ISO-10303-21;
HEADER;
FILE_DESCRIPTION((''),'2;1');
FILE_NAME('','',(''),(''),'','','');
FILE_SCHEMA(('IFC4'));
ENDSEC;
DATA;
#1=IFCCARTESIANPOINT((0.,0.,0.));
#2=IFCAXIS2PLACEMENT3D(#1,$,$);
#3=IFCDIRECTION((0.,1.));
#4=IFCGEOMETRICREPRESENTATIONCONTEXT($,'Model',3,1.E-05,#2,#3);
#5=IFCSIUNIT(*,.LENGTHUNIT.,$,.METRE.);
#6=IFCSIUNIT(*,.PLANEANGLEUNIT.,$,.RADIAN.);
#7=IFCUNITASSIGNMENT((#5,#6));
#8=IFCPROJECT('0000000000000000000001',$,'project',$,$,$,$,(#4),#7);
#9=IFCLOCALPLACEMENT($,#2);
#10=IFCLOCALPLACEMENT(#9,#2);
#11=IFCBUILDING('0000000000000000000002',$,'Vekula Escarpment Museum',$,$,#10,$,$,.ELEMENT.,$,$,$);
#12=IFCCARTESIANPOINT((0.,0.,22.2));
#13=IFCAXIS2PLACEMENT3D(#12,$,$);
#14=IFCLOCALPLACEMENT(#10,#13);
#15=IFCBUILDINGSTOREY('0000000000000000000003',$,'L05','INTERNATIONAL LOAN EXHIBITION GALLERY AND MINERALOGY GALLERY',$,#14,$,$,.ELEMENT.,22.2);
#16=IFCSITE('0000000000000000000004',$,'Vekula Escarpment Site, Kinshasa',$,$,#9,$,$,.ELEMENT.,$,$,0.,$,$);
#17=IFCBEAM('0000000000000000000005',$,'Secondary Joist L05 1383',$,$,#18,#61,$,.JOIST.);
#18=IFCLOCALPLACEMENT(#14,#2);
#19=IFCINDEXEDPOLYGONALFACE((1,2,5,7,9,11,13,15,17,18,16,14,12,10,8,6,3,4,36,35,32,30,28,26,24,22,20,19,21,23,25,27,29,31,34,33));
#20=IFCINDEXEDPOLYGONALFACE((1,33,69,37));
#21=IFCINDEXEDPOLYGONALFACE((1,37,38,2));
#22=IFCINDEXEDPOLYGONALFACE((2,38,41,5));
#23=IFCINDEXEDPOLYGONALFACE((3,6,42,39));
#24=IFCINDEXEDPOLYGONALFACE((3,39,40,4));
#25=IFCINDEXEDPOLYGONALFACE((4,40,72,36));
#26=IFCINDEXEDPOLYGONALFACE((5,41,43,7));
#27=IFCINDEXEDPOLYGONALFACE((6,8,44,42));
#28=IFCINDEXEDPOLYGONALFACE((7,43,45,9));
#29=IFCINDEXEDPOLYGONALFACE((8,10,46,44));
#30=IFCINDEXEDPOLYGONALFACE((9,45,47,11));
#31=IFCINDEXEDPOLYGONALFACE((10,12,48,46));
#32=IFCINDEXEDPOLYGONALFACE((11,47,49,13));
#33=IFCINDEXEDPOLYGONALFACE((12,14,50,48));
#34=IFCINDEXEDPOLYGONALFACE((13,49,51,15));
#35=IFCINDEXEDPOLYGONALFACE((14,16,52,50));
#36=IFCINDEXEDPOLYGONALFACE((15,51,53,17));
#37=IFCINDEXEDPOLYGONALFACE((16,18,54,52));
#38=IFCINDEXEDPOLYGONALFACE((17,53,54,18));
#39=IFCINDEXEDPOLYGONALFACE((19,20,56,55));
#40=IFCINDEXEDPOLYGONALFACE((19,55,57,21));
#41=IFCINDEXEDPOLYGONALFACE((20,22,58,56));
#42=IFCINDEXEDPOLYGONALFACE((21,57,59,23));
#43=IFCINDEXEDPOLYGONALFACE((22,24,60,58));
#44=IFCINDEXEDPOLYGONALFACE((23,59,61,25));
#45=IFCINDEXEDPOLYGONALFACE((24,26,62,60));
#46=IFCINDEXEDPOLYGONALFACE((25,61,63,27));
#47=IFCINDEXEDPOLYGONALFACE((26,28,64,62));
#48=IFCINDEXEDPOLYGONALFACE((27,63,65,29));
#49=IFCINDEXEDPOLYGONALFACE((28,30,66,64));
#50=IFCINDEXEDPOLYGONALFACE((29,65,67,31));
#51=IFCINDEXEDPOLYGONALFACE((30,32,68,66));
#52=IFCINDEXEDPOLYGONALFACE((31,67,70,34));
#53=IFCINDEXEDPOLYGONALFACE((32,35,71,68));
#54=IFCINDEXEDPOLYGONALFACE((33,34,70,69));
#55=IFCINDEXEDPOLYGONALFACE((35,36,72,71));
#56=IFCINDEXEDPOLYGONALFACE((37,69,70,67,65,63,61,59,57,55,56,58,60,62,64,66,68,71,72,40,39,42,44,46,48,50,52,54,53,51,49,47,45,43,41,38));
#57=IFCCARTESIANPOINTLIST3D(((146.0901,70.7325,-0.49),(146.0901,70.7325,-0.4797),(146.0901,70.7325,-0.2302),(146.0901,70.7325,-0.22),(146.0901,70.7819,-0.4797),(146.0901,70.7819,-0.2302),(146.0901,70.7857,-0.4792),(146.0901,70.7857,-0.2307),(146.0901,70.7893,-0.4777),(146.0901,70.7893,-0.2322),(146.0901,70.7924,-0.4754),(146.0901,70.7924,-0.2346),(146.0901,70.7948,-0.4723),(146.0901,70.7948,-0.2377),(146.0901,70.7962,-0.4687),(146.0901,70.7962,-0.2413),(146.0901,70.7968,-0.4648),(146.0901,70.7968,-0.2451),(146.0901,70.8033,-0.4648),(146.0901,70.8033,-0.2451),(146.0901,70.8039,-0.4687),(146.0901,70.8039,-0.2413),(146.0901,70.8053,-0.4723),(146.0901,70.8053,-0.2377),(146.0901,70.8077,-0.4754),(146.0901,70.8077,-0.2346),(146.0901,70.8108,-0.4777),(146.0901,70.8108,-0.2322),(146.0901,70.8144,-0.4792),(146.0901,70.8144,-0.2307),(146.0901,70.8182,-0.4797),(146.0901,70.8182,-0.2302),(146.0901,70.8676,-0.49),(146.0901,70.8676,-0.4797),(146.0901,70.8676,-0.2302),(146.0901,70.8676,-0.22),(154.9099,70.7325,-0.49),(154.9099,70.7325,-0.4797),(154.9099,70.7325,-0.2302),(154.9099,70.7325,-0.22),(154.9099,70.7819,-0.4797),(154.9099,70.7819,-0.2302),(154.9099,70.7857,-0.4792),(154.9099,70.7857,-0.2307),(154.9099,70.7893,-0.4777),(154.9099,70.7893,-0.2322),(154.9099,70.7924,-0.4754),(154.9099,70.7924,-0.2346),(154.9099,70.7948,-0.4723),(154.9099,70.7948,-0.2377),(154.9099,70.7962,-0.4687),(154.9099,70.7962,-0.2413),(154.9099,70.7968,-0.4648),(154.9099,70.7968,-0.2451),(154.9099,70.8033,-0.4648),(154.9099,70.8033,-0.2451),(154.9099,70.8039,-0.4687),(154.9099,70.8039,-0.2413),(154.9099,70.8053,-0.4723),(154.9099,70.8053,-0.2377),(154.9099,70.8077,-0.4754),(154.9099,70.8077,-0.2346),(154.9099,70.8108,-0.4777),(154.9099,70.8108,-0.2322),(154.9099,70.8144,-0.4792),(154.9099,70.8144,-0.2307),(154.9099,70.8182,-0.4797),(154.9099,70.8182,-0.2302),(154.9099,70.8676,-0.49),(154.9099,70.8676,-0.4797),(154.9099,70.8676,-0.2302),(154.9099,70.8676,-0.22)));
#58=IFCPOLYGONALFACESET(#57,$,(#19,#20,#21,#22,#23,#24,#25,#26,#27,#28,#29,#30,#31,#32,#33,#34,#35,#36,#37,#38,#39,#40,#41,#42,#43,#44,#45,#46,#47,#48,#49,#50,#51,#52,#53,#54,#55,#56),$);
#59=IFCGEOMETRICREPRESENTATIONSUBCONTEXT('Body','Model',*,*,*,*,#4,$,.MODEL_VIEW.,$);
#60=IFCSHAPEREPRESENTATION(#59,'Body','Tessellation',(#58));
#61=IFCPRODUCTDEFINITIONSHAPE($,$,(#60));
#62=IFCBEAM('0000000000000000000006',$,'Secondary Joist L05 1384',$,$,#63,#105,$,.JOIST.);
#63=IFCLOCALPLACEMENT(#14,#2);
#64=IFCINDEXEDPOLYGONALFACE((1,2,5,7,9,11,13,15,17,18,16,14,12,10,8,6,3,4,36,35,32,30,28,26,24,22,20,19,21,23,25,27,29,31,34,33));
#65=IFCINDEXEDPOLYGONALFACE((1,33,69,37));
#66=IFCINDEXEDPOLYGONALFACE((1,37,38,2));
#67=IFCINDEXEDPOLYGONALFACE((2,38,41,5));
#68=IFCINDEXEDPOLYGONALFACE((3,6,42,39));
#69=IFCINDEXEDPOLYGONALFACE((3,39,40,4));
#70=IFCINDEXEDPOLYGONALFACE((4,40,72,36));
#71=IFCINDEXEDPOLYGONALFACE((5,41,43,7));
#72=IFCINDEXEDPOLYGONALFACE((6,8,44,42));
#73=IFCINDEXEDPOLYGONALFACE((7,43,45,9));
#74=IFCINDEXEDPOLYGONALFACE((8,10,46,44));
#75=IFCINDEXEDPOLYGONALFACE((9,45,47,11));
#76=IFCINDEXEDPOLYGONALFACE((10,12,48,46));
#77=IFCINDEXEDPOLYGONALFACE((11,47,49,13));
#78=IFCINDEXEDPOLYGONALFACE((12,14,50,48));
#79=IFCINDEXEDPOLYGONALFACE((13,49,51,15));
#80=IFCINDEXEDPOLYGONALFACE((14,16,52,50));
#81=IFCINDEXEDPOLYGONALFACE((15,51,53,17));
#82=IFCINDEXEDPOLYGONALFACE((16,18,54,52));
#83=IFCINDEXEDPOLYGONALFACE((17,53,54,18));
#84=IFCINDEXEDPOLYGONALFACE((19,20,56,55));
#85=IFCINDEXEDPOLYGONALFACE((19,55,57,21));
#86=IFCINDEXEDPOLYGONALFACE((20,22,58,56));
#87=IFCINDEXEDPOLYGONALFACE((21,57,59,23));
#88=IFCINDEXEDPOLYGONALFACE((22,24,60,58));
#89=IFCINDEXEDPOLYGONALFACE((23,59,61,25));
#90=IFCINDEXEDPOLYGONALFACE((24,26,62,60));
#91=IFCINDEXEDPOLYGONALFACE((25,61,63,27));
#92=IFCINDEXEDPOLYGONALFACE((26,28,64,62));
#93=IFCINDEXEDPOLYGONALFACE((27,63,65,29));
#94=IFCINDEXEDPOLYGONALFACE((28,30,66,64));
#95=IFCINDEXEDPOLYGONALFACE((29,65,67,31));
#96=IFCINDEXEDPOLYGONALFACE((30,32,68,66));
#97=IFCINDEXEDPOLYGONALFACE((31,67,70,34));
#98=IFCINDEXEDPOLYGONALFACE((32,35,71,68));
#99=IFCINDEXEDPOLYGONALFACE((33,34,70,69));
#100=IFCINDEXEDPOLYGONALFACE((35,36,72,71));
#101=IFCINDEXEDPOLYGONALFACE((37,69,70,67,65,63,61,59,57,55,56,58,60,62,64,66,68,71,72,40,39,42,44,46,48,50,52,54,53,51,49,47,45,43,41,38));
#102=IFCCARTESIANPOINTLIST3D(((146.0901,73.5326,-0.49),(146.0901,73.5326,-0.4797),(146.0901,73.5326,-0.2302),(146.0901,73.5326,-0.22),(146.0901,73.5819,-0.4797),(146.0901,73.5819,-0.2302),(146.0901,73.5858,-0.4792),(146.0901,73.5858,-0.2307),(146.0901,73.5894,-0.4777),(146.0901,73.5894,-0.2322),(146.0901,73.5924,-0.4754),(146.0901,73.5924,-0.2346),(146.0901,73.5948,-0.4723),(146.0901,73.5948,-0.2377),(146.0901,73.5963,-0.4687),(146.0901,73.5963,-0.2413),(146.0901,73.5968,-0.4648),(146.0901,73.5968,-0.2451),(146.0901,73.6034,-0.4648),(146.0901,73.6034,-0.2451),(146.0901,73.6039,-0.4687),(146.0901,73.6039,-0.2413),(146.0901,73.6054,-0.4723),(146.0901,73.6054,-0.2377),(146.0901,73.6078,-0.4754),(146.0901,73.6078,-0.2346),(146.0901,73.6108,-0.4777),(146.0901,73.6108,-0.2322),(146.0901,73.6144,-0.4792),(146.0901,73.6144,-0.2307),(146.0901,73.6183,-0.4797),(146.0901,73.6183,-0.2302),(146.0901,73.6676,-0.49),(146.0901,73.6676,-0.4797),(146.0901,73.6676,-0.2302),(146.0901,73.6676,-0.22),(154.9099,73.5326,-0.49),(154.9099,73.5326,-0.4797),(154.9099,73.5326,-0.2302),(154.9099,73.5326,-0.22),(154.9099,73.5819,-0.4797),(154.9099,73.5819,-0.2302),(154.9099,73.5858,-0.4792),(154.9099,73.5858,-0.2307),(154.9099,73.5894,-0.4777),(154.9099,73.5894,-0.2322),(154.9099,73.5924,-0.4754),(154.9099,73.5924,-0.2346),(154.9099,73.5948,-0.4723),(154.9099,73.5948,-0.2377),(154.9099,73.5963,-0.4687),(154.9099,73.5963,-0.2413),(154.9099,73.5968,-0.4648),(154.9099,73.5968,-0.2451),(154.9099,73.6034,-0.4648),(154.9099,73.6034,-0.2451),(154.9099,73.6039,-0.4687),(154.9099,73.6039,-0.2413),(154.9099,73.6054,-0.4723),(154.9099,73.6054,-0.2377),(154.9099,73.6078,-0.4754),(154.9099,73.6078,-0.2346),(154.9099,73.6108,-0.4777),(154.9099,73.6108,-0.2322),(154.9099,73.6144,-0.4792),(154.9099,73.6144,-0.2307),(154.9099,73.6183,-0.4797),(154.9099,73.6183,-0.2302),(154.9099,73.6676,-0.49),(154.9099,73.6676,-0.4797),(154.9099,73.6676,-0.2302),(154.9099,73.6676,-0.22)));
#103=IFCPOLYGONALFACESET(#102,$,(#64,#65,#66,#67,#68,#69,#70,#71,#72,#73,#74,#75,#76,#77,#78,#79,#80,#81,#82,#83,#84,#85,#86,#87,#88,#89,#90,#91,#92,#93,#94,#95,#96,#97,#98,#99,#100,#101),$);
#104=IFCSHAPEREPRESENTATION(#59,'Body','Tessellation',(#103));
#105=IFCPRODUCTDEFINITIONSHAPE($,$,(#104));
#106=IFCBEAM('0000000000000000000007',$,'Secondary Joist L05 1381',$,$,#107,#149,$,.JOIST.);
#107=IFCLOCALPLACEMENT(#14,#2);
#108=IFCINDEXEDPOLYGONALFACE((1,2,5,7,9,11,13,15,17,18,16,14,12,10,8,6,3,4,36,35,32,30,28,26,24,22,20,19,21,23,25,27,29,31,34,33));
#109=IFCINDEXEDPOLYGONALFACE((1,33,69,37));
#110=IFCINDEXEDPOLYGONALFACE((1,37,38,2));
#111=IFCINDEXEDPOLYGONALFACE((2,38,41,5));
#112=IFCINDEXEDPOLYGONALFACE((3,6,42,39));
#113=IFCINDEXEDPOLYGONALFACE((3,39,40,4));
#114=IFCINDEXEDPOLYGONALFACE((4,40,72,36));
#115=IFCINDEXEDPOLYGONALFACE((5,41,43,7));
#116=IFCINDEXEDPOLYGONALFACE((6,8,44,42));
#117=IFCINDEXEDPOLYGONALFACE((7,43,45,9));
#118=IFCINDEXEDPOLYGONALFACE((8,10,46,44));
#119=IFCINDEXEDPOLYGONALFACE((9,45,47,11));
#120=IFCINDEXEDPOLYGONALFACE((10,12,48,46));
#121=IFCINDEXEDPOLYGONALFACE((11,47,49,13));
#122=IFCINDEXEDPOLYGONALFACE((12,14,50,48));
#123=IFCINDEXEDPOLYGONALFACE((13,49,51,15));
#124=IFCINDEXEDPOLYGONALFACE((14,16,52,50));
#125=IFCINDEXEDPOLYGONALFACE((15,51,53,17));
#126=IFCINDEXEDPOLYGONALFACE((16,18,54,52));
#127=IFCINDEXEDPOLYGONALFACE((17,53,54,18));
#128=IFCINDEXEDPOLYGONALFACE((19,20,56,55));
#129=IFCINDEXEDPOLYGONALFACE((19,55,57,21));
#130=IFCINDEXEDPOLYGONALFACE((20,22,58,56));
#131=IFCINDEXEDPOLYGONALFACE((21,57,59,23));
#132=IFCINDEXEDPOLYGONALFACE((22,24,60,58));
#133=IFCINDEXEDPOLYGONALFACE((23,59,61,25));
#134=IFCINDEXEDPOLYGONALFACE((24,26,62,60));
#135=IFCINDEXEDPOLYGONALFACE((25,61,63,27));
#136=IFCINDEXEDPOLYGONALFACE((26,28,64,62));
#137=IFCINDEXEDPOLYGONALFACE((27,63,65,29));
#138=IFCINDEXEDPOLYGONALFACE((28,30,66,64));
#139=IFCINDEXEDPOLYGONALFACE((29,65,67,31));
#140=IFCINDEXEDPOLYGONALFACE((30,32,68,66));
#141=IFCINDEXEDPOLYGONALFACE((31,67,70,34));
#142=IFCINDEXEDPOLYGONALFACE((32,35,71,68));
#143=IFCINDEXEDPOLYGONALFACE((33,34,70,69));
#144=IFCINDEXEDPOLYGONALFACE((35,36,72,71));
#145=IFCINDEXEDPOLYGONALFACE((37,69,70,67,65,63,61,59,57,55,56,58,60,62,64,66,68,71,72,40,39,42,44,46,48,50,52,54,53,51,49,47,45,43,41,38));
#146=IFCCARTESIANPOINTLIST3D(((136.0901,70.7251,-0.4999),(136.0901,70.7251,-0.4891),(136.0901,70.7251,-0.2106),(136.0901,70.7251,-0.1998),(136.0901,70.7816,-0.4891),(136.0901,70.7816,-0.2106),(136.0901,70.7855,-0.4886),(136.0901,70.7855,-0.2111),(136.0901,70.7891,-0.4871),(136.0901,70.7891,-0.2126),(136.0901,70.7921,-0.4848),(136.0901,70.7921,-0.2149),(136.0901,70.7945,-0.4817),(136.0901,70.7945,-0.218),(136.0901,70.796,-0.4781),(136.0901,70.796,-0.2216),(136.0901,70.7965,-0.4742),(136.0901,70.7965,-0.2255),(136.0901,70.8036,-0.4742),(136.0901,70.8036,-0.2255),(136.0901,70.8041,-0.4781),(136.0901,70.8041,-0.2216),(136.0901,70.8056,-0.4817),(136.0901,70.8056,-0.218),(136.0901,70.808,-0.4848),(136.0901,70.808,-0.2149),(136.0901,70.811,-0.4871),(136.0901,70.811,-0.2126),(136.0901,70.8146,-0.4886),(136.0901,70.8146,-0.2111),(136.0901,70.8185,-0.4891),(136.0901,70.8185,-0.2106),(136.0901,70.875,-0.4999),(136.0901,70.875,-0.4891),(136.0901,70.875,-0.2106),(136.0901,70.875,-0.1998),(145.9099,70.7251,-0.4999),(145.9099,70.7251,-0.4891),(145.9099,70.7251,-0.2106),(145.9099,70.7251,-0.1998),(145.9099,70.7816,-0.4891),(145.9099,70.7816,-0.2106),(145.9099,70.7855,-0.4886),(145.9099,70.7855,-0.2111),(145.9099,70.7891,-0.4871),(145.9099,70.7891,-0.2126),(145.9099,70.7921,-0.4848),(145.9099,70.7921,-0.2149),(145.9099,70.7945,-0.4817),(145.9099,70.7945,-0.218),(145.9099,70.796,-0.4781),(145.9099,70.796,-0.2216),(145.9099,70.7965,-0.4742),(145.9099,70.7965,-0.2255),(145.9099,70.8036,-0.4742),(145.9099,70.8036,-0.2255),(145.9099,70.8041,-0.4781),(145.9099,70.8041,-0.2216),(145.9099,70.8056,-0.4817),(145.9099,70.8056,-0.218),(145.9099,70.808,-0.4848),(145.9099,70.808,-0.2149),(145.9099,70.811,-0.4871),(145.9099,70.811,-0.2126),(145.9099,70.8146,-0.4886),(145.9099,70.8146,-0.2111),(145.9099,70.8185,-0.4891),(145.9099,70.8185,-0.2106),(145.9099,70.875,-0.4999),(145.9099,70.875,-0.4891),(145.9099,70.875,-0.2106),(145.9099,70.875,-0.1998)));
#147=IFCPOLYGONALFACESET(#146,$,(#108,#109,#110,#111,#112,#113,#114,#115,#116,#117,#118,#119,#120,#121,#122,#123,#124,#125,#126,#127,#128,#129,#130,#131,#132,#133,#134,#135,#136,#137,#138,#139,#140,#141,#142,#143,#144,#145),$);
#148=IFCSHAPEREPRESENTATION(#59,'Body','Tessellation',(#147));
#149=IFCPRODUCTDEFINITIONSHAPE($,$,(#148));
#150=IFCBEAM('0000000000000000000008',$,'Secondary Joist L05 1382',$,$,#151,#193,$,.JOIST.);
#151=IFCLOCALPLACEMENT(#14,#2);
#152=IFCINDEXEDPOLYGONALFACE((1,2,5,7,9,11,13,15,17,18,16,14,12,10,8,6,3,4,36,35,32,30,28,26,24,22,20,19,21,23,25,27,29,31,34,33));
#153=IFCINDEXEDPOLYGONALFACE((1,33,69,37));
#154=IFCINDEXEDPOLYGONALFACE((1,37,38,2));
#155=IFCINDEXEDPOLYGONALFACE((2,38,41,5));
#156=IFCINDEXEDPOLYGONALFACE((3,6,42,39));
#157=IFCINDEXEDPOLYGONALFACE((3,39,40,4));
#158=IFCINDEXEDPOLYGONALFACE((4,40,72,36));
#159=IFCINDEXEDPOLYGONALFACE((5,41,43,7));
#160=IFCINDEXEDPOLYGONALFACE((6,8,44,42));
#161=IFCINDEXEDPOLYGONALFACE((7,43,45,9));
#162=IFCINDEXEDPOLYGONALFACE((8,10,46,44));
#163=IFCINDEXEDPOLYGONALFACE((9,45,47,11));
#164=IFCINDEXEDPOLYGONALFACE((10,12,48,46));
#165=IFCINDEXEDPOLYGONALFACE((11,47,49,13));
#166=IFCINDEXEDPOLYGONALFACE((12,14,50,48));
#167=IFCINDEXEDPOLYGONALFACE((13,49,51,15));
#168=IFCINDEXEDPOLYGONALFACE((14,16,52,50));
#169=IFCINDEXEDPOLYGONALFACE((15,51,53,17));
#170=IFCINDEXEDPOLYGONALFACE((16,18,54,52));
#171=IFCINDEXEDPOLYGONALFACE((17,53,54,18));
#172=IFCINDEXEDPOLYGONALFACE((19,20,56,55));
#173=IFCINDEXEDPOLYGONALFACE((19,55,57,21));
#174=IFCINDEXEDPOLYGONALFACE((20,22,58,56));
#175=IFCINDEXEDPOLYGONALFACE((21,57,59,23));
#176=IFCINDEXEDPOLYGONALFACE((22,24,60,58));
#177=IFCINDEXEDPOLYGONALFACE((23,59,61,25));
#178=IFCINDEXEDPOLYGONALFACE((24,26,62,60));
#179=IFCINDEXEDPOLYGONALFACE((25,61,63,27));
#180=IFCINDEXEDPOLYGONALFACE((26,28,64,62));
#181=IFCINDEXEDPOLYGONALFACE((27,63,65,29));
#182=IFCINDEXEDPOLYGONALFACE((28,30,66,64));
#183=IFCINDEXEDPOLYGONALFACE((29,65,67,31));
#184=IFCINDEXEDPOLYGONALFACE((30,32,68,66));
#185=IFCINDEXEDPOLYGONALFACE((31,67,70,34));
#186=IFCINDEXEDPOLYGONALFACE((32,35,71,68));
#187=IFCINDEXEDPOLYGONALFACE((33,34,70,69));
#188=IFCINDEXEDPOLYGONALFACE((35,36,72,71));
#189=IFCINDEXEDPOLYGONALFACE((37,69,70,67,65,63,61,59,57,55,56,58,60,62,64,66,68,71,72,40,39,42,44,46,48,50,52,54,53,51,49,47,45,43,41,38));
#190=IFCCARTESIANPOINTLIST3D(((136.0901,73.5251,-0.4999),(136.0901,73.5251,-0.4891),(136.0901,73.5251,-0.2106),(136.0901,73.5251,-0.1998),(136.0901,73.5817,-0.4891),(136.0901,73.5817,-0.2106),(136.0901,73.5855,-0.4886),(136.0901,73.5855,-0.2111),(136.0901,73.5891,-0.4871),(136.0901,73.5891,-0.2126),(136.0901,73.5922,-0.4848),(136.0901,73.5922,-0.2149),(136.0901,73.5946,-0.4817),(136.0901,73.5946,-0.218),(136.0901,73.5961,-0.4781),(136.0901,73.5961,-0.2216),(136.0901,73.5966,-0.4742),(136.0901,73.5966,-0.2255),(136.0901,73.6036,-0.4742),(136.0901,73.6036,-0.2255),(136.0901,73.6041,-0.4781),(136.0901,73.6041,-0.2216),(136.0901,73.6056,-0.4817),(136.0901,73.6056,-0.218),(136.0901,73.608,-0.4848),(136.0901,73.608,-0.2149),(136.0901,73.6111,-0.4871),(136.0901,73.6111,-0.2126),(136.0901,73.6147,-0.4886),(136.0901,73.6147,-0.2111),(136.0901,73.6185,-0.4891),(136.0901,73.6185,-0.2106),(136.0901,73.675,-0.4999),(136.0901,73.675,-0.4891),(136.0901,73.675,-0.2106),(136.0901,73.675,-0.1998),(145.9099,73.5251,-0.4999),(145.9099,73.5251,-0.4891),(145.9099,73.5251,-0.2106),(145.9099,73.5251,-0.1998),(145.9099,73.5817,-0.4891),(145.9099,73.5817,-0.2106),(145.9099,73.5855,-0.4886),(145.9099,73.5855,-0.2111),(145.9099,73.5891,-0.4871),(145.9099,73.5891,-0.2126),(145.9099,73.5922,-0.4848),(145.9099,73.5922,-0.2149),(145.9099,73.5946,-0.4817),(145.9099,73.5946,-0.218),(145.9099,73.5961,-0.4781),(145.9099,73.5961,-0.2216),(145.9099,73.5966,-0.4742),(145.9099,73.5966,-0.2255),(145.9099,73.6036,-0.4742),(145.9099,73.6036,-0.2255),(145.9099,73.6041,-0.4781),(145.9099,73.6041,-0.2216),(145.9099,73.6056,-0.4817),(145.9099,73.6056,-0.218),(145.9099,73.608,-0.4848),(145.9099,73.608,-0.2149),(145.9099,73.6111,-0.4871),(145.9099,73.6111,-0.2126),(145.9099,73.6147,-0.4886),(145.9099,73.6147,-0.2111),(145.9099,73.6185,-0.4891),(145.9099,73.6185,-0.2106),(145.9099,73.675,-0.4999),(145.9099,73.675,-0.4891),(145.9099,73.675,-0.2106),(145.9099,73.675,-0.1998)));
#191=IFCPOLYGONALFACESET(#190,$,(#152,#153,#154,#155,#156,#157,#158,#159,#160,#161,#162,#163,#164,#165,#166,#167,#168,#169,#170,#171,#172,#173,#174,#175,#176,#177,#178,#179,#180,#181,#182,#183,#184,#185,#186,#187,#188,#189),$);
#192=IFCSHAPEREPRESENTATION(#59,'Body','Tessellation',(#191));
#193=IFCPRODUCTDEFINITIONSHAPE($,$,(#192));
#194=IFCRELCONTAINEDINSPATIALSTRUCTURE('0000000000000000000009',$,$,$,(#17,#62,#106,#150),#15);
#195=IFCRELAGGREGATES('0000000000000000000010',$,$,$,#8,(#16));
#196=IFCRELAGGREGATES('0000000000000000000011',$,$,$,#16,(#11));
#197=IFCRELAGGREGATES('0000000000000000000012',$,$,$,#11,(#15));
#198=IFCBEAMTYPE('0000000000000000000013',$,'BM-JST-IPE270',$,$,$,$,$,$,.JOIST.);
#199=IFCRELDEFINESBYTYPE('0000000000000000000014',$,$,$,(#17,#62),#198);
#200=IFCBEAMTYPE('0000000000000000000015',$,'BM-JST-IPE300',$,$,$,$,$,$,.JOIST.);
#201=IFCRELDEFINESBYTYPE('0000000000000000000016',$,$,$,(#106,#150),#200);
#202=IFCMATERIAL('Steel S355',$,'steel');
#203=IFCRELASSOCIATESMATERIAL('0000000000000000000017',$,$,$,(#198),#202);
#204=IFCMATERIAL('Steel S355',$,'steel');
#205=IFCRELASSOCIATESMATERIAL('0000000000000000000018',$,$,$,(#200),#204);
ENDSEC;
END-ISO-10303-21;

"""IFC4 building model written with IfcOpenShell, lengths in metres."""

from ifc_helpers import new_model, si_unit, direction, frame, origin, origin_2d, place, context, subcontext, project, spatial, i_section, extrude, material, material_profile, profile_set, type_object, element, save


model = new_model("IFC4")

# Units and contexts
model_context = context("Model", 3, precision=1e-05, world=origin(), true_north=direction((0.0, 1.0)))
body_context = subcontext(model_context, "Body", "Model", "MODEL_VIEW")
ifc_project = project(units=[si_unit("LENGTHUNIT", "METRE"), si_unit("PLANEANGLEUNIT", "RADIAN")], contexts=[model_context])

# Site, building, storey
site_placement = place(None, origin())
site = spatial("IfcSite", under=ifc_project, at=site_placement, Name="Vekula Escarpment Site, Kinshasa", CompositionType="ELEMENT", RefElevation=0.0)
building_placement = place(site_placement, origin())
building = spatial("IfcBuilding", under=site, at=building_placement, Name="Vekula Escarpment Museum", CompositionType="ELEMENT")
storey_placement = place(building_placement, frame((0.0, 0.0, 22.2)))
storey = spatial("IfcBuildingStorey", under=building, at=storey_placement, Name="L05", Description="INTERNATIONAL LOAN EXHIBITION GALLERY AND MINERALOGY GALLERY", CompositionType="ELEMENT", Elevation=22.2)

# Beams
ifc_material_1 = material(Name="Steel S355", Category="steel")
ifc_material_profile_1 = material_profile(ifc_material_1, i_section(OverallWidth=0.135, OverallDepth=0.27, WebThickness=0.0066, FlangeThickness=0.0103, FilletRadius=0.0149, at=origin_2d()), Name="IPE 270")
ifc_profile_set_1 = profile_set([ifc_material_profile_1], Name="Steel S355")
beam_type_1 = type_object("IfcBeamType", Name="BM-JST-IPE270", PredefinedType="JOIST", material=ifc_profile_set_1)
for number, where, z_axis, x_axis, name in (
    (1, (146.0901, 70.8, -0.355), (1.0, 0.0, 0.0), (0.0, 1.0, 0.0), "Secondary Joist L05 1383"),
    (2, (146.0901, 73.6001, -0.355), (1.0, 0.0, 0.0), (0.0, 1.0, 0.0), "Secondary Joist L05 1384"),
):
    element("IfcBeam", number, at=place(storey_placement, frame(where, z_axis=z_axis, x_axis=x_axis)), inside=storey, type_object=beam_type_1, Name=name, PredefinedType="JOIST", context=body_context, shape_type="SweptSolid", body=[
        extrude(i_section(OverallWidth=0.135, OverallDepth=0.27, WebThickness=0.0066, FlangeThickness=0.0103, FilletRadius=0.0149, at=origin_2d()), origin(), (0.0, 0.0, 1.0), 8.8198),
    ])
ifc_material_2 = material(Name="Steel S355", Category="steel")
ifc_material_profile_2 = material_profile(ifc_material_2, i_section(OverallWidth=0.1499, OverallDepth=0.3, WebThickness=0.0071, FlangeThickness=0.0107, FilletRadius=0.0149, at=origin_2d()), Name="IPE 300")
ifc_profile_set_2 = profile_set([ifc_material_profile_2], Name="Steel S355")
beam_type_2 = type_object("IfcBeamType", Name="BM-JST-IPE300", PredefinedType="JOIST", material=ifc_profile_set_2)
for number, where, z_axis, x_axis, name in (
    (3, (136.0901, 70.8, -0.3499), (1.0, 0.0, 0.0), (0.0, 1.0, 0.0), "Secondary Joist L05 1381"),
    (4, (136.0901, 73.6001, -0.3499), (1.0, 0.0, 0.0), (0.0, 1.0, 0.0), "Secondary Joist L05 1382"),
):
    element("IfcBeam", number, at=place(storey_placement, frame(where, z_axis=z_axis, x_axis=x_axis)), inside=storey, type_object=beam_type_2, Name=name, PredefinedType="JOIST", context=body_context, shape_type="SweptSolid", body=[
        extrude(i_section(OverallWidth=0.1499, OverallDepth=0.3, WebThickness=0.0071, FlangeThickness=0.0107, FilletRadius=0.0149, at=origin_2d()), origin(), (0.0, 0.0, 1.0), 9.8198),
    ])

save(model, "model.ifc")
